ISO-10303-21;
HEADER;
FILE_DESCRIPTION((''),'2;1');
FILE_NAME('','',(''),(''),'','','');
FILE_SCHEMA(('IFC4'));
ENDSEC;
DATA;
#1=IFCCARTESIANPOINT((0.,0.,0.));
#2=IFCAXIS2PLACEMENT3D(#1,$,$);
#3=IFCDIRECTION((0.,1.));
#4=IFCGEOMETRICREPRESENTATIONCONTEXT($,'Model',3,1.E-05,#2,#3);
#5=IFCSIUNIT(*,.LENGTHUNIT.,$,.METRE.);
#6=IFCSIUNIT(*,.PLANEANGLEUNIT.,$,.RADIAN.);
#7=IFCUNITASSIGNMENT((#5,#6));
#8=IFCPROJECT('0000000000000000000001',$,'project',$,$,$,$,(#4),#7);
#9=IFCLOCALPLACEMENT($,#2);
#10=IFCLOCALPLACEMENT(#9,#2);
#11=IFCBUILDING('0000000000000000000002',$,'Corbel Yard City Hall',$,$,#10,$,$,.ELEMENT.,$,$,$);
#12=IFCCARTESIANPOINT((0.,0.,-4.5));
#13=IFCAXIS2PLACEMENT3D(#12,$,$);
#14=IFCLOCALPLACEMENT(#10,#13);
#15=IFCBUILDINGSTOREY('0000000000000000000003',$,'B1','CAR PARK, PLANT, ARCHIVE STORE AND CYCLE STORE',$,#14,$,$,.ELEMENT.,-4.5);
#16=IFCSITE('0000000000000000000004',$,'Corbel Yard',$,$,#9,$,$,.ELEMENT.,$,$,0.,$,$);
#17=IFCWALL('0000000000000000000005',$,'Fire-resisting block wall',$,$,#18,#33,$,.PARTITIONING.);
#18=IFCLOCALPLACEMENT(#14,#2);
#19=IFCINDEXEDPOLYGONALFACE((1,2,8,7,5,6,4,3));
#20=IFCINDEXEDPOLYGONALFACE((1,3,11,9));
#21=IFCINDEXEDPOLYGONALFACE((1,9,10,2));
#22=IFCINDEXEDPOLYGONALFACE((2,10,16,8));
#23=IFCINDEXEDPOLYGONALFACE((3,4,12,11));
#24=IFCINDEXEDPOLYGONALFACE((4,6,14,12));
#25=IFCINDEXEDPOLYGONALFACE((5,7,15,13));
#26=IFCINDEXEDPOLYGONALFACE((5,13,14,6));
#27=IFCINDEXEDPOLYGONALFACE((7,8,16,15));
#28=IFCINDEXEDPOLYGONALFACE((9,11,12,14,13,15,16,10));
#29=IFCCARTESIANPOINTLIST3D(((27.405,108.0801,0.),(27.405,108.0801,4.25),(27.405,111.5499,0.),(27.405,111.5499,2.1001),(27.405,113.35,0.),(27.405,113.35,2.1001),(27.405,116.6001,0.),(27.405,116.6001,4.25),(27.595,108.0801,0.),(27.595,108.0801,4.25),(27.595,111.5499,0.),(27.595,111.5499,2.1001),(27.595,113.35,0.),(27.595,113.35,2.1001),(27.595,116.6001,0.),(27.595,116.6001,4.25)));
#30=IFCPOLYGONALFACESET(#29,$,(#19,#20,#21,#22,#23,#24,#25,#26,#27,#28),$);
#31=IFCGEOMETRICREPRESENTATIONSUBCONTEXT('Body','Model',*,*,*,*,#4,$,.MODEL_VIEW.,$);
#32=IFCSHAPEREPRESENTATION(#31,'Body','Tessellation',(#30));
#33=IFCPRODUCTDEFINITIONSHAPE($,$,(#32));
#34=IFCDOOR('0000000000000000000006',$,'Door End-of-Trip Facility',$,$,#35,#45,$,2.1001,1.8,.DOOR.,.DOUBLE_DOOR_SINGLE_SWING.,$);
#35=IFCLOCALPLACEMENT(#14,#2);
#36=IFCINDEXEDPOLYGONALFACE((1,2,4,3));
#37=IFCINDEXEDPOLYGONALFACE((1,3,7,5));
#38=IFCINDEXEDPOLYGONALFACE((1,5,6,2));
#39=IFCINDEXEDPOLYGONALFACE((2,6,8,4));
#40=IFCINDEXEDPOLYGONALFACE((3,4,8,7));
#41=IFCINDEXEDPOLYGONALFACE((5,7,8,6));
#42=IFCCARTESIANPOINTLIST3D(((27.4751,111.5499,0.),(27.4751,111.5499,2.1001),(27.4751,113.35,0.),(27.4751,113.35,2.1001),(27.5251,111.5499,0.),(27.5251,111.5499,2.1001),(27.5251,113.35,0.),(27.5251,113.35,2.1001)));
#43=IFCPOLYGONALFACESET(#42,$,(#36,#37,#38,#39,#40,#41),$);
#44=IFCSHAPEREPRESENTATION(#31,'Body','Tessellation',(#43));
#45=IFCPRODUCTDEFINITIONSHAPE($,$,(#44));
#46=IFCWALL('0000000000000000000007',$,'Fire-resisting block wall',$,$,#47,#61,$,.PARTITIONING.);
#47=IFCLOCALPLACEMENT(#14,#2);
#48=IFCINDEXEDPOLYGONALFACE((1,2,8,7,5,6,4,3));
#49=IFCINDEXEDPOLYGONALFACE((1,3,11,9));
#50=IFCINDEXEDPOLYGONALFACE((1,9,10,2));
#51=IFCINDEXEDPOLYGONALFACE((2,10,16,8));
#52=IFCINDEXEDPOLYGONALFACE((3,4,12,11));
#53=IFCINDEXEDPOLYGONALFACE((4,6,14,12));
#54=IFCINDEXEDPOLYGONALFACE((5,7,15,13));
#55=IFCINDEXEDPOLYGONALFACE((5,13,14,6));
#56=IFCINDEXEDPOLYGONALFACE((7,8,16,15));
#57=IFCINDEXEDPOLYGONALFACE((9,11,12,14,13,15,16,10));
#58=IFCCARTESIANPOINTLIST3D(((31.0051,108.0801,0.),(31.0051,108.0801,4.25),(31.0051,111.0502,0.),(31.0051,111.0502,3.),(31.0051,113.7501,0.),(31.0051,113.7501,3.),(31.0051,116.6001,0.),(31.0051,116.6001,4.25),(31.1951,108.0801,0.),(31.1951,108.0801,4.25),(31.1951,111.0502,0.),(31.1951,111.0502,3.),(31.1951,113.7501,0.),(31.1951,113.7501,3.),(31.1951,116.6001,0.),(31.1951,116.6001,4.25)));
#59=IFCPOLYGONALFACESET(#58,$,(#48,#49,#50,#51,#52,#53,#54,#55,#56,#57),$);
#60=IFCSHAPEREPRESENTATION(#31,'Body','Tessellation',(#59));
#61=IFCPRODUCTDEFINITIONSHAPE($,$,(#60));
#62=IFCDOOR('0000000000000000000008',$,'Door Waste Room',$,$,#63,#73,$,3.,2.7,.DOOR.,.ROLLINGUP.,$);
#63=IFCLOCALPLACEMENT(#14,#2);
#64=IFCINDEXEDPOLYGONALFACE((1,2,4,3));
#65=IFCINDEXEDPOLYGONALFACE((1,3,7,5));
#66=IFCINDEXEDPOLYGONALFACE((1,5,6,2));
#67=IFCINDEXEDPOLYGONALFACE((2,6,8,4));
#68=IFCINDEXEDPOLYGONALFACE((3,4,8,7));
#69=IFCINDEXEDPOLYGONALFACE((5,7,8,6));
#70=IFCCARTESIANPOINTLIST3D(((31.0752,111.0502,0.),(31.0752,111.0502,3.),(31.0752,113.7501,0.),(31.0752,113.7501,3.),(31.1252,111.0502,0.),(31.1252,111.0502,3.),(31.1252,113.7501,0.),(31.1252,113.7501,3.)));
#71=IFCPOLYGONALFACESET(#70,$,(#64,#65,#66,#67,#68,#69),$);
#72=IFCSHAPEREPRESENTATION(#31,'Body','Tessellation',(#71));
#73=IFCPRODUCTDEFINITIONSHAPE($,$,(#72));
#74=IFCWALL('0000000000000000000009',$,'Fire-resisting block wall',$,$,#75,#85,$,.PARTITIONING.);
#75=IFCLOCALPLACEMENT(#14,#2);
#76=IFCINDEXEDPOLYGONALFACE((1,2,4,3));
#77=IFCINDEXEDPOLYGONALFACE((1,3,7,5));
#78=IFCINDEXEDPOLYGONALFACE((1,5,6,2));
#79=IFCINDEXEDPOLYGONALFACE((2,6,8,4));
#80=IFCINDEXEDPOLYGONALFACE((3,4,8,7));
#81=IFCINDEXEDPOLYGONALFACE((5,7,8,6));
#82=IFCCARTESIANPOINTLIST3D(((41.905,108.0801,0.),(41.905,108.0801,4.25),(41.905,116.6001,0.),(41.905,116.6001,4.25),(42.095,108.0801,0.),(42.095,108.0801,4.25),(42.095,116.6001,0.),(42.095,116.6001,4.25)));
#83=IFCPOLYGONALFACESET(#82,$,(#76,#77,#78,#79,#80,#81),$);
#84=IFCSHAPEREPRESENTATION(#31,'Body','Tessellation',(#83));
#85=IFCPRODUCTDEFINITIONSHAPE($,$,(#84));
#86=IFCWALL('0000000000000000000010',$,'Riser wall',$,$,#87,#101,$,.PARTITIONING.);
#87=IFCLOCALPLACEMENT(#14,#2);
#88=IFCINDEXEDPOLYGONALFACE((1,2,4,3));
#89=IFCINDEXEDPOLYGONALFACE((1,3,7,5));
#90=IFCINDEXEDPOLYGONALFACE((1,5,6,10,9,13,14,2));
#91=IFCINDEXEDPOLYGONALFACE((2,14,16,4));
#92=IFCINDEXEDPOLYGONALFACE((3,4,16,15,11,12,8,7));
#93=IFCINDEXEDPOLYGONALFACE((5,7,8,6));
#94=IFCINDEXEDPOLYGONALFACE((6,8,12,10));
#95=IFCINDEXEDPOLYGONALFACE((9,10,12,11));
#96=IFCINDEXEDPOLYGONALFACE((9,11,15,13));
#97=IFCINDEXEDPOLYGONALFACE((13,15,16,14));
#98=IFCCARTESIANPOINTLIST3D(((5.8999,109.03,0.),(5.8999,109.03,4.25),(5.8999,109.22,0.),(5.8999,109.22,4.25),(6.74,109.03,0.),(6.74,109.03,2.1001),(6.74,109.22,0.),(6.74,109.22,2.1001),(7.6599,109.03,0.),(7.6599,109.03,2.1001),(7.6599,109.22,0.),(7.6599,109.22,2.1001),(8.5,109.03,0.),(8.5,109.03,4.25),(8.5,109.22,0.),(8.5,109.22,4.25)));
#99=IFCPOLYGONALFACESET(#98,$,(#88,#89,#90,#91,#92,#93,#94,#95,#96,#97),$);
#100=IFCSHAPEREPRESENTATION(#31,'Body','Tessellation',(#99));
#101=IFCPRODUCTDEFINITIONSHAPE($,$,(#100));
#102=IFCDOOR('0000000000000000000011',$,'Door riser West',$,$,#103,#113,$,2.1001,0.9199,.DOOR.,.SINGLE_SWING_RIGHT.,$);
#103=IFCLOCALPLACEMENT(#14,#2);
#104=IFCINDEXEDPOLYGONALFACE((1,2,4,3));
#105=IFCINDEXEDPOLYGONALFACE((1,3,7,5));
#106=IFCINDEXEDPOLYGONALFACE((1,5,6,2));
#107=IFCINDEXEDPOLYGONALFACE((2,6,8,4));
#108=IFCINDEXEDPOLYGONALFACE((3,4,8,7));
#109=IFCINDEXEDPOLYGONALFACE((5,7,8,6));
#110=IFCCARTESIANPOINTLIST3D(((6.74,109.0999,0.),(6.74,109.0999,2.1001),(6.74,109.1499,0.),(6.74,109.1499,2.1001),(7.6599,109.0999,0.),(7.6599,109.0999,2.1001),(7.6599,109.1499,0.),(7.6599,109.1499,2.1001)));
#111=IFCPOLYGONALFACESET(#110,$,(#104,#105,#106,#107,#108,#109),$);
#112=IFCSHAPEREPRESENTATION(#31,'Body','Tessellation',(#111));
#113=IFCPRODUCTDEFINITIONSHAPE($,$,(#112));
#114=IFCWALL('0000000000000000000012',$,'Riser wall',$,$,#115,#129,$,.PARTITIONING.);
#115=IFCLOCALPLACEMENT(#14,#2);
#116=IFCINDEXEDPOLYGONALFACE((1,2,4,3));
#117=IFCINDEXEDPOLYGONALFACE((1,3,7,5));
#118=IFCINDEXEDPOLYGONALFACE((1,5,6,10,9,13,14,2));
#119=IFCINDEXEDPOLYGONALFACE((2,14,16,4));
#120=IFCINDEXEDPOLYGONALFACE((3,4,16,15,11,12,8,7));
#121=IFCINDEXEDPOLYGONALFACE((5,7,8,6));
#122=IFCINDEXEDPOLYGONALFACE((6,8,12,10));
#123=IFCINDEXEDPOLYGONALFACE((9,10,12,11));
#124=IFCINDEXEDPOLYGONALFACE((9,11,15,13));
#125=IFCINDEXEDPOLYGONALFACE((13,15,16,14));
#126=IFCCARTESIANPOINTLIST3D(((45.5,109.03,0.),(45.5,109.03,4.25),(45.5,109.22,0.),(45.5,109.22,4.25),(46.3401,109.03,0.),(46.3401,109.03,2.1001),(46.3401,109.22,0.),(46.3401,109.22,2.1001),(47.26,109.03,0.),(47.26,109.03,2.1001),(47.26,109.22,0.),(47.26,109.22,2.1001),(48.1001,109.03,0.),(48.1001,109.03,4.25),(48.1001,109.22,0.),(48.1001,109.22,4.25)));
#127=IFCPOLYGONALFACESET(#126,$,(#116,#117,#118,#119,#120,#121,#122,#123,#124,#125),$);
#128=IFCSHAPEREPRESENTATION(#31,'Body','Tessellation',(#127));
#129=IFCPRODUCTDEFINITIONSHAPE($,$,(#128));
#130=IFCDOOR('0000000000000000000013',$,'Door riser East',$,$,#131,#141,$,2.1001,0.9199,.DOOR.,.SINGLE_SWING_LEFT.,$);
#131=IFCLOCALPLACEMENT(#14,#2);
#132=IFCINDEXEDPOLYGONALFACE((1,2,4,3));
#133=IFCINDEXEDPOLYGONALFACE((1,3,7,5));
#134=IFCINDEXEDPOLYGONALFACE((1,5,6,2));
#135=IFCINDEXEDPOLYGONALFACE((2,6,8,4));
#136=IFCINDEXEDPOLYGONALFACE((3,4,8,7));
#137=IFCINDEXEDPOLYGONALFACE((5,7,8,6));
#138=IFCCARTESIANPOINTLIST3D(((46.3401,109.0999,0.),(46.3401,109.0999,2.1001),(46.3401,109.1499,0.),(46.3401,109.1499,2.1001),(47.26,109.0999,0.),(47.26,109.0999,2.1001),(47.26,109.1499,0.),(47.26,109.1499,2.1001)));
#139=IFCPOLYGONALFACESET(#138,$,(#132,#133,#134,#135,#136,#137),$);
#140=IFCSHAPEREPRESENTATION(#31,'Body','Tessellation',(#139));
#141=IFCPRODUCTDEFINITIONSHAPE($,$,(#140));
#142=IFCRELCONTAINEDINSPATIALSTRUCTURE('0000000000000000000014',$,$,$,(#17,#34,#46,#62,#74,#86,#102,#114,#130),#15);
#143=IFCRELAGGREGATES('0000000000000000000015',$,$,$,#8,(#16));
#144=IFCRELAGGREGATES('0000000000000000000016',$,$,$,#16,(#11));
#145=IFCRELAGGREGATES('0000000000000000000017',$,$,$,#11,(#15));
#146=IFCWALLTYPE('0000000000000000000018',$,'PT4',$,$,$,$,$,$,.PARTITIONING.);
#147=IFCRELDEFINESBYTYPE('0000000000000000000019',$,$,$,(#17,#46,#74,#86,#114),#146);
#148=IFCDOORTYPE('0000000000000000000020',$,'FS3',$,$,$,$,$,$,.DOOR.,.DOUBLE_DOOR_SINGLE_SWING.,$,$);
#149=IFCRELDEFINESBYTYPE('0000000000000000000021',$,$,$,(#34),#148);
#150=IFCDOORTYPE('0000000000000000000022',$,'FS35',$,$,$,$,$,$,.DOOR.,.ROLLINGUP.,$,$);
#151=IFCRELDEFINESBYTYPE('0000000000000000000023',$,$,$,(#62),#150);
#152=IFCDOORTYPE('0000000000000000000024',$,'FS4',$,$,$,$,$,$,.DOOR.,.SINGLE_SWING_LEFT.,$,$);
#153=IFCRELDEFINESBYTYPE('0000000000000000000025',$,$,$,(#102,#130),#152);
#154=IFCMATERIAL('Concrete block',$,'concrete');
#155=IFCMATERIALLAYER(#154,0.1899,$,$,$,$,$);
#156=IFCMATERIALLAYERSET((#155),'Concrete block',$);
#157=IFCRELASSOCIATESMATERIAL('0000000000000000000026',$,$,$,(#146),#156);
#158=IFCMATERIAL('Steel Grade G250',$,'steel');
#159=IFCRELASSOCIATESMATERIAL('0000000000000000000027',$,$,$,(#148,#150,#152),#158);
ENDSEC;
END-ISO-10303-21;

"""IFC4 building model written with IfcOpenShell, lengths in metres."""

from ifc_helpers import new_model, si_unit, direction, frame, frame_2d, origin, place, context, subcontext, project, spatial, rectangle, extrude, material, layer, layer_set, type_object, element, fill, save


model = new_model("IFC4")

# Units and contexts
model_context = context("Model", 3, precision=1e-05, world=origin(), true_north=direction((0.0, 1.0)))
body_context = subcontext(model_context, "Body", "Model", "MODEL_VIEW")
ifc_project = project(units=[si_unit("LENGTHUNIT", "METRE"), si_unit("PLANEANGLEUNIT", "RADIAN")], contexts=[model_context])

# Site, building, storey
site_placement = place(None, origin())
site = spatial("IfcSite", under=ifc_project, at=site_placement, Name="Corbel Yard", CompositionType="ELEMENT", RefElevation=0.0)
building_placement = place(site_placement, origin())
building = spatial("IfcBuilding", under=site, at=building_placement, Name="Corbel Yard City Hall", CompositionType="ELEMENT")
storey_placement = place(building_placement, frame((0.0, 0.0, -4.5)))
storey = spatial("IfcBuildingStorey", under=building, at=storey_placement, Name="B1", Description="CAR PARK, PLANT, ARCHIVE STORE AND CYCLE STORE", CompositionType="ELEMENT", Elevation=-4.5)

# Shared definitions
ifc_material_1 = material(Name="Concrete block", Category="concrete")
ifc_layer_1 = layer(ifc_material_1, 0.1899)
ifc_layer_set_1 = layer_set([ifc_layer_1], Name="Concrete block")
wall_type_1 = type_object("IfcWallType", Name="PT4", PredefinedType="PARTITIONING", material=ifc_layer_set_1)

# Walls, openings, doors
wall_1_placement = place(storey_placement, frame((27.5, 108.0801, 0.0), z_axis=(0.0, 0.0, 1.0), x_axis=(0.0, 1.0, 0.0)))
wall_1 = element("IfcWall", 1, at=wall_1_placement, inside=storey, type_object=wall_type_1, Name="Fire-resisting block wall", PredefinedType="PARTITIONING", context=body_context, shape_type="SweptSolid", body=[
    extrude(rectangle(XDim=8.52, YDim=0.1899, at=frame_2d((4.26, 0.0))), origin(), (0.0, 0.0, 1.0), 4.25),
])
opening_1_placement = place(wall_1_placement, frame((3.47, 0.0, 0.0)))
opening_1 = element("IfcOpeningElement", 2, at=opening_1_placement, cuts=wall_1, PredefinedType="OPENING", context=body_context, shape_type="SweptSolid", body=[
    extrude(rectangle(XDim=1.8, YDim=2.1001, at=frame_2d((0.8999, 1.05))), frame((0.0, 0.105, 0.0), z_axis=(0.0, -1.0, 0.0), x_axis=(1.0, 0.0, 0.0)), (0.0, 0.0, 1.0), 0.21),
])
ifc_material_2 = material(Name="Steel Grade G250", Category="steel")
door_type_1 = type_object("IfcDoorType", Name="FS3", OperationType="DOUBLE_DOOR_SINGLE_SWING", PredefinedType="DOOR", material=ifc_material_2)
door_1_placement = place(opening_1_placement, origin())
door_1 = element("IfcDoor", 3, at=door_1_placement, inside=storey, type_object=door_type_1, Name="Door End-of-Trip Facility", OperationType="DOUBLE_DOOR_SINGLE_SWING", OverallHeight=2.1001, OverallWidth=1.8, PredefinedType="DOOR", context=body_context, shape_type="SweptSolid", body=[
    extrude(rectangle(XDim=1.8, YDim=2.1001, at=frame_2d((0.8999, 1.05))), frame((0.0, 0.0249, 0.0), z_axis=(0.0, -1.0, 0.0), x_axis=(1.0, 0.0, 0.0)), (0.0, 0.0, 1.0), 0.05),
])
fill(opening_1, door_1)
wall_2_placement = place(storey_placement, frame((31.1001, 108.0801, 0.0), z_axis=(0.0, 0.0, 1.0), x_axis=(0.0, 1.0, 0.0)))
wall_2 = element("IfcWall", 4, at=wall_2_placement, inside=storey, type_object=wall_type_1, Name="Fire-resisting block wall", PredefinedType="PARTITIONING", context=body_context, shape_type="SweptSolid", body=[
    extrude(rectangle(XDim=8.52, YDim=0.1899, at=frame_2d((4.26, 0.0))), origin(), (0.0, 0.0, 1.0), 4.25),
])
opening_2_placement = place(wall_2_placement, frame((2.97, 0.0, 0.0)))
opening_2 = element("IfcOpeningElement", 5, at=opening_2_placement, cuts=wall_2, PredefinedType="OPENING", context=body_context, shape_type="SweptSolid", body=[
    extrude(rectangle(XDim=2.7, YDim=3.0, at=frame_2d((1.3501, 1.5))), frame((0.0, 0.105, 0.0), z_axis=(0.0, -1.0, 0.0), x_axis=(1.0, 0.0, 0.0)), (0.0, 0.0, 1.0), 0.21),
])
door_type_2 = type_object("IfcDoorType", Name="FS35", OperationType="ROLLINGUP", PredefinedType="DOOR", material=ifc_material_2)
door_2_placement = place(opening_2_placement, origin())
door_2 = element("IfcDoor", 6, at=door_2_placement, inside=storey, type_object=door_type_2, Name="Door Waste Room", OperationType="ROLLINGUP", OverallHeight=3.0, OverallWidth=2.7, PredefinedType="DOOR", context=body_context, shape_type="SweptSolid", body=[
    extrude(rectangle(XDim=2.7, YDim=3.0, at=frame_2d((1.3501, 1.5))), frame((0.0, 0.0249, 0.0), z_axis=(0.0, -1.0, 0.0), x_axis=(1.0, 0.0, 0.0)), (0.0, 0.0, 1.0), 0.05),
])
fill(opening_2, door_2)

# Wall
wall_3_placement = place(storey_placement, frame((42.0, 108.0801, 0.0), z_axis=(0.0, 0.0, 1.0), x_axis=(0.0, 1.0, 0.0)))
element("IfcWall", 7, at=wall_3_placement, inside=storey, type_object=wall_type_1, Name="Fire-resisting block wall", PredefinedType="PARTITIONING", context=body_context, shape_type="SweptSolid", body=[
    extrude(rectangle(XDim=8.52, YDim=0.1899, at=frame_2d((4.26, 0.0))), origin(), (0.0, 0.0, 1.0), 4.25),
])

# Walls, openings, doors
wall_4_placement = place(storey_placement, frame((8.5, 109.125, 0.0), z_axis=(0.0, 0.0, 1.0), x_axis=(-1.0, 0.0, 0.0)))
wall_4 = element("IfcWall", 8, at=wall_4_placement, inside=storey, type_object=wall_type_1, Name="Riser wall", PredefinedType="PARTITIONING", context=body_context, shape_type="SweptSolid", body=[
    extrude(rectangle(XDim=2.6001, YDim=0.1899, at=frame_2d((1.3, 0.0))), origin(), (0.0, 0.0, 1.0), 4.25),
])
opening_3_placement = place(wall_4_placement, frame((0.8401, 0.0, 0.0)))
opening_3 = element("IfcOpeningElement", 9, at=opening_3_placement, cuts=wall_4, PredefinedType="OPENING", context=body_context, shape_type="SweptSolid", body=[
    extrude(rectangle(XDim=0.9199, YDim=2.1001, at=frame_2d((0.46, 1.05))), frame((0.0, 0.105, 0.0), z_axis=(0.0, -1.0, 0.0), x_axis=(1.0, 0.0, 0.0)), (0.0, 0.0, 1.0), 0.21),
])
door_type_3 = type_object("IfcDoorType", Name="FS4", OperationType="SINGLE_SWING_LEFT", PredefinedType="DOOR", material=ifc_material_2)
door_3_placement = place(opening_3_placement, frame((0.9199, 0.0, 0.0), z_axis=(0.0, 0.0, 1.0), x_axis=(-1.0, 0.0, 0.0)))
door_3 = element("IfcDoor", 10, at=door_3_placement, inside=storey, type_object=door_type_3, Name="Door riser West", OperationType="SINGLE_SWING_RIGHT", OverallHeight=2.1001, OverallWidth=0.9199, PredefinedType="DOOR", context=body_context, shape_type="SweptSolid", body=[
    extrude(rectangle(XDim=0.9199, YDim=2.1001, at=frame_2d((0.46, 1.05))), frame((0.0, 0.0249, 0.0), z_axis=(0.0, -1.0, 0.0), x_axis=(1.0, 0.0, 0.0)), (0.0, 0.0, 1.0), 0.05),
])
fill(opening_3, door_3)
wall_5_placement = place(storey_placement, frame((45.5, 109.125, 0.0), z_axis=(0.0, 0.0, 1.0), x_axis=(1.0, 0.0, 0.0)))
wall_5 = element("IfcWall", 11, at=wall_5_placement, inside=storey, type_object=wall_type_1, Name="Riser wall", PredefinedType="PARTITIONING", context=body_context, shape_type="SweptSolid", body=[
    extrude(rectangle(XDim=2.6001, YDim=0.1899, at=frame_2d((1.3, 0.0))), origin(), (0.0, 0.0, 1.0), 4.25),
])
opening_4_placement = place(wall_5_placement, frame((0.8401, 0.0, 0.0)))
opening_4 = element("IfcOpeningElement", 12, at=opening_4_placement, cuts=wall_5, PredefinedType="OPENING", context=body_context, shape_type="SweptSolid", body=[
    extrude(rectangle(XDim=0.9199, YDim=2.1001, at=frame_2d((0.46, 1.05))), frame((0.0, 0.105, 0.0), z_axis=(0.0, -1.0, 0.0), x_axis=(1.0, 0.0, 0.0)), (0.0, 0.0, 1.0), 0.21),
])
door_4_placement = place(opening_4_placement, origin())
door_4 = element("IfcDoor", 13, at=door_4_placement, inside=storey, type_object=door_type_3, Name="Door riser East", OperationType="SINGLE_SWING_LEFT", OverallHeight=2.1001, OverallWidth=0.9199, PredefinedType="DOOR", context=body_context, shape_type="SweptSolid", body=[
    extrude(rectangle(XDim=0.9199, YDim=2.1001, at=frame_2d((0.46, 1.05))), frame((0.0, 0.0249, 0.0), z_axis=(0.0, -1.0, 0.0), x_axis=(1.0, 0.0, 0.0)), (0.0, 0.0, 1.0), 0.05),
])
fill(opening_4, door_4)

save(model, "model.ifc")
